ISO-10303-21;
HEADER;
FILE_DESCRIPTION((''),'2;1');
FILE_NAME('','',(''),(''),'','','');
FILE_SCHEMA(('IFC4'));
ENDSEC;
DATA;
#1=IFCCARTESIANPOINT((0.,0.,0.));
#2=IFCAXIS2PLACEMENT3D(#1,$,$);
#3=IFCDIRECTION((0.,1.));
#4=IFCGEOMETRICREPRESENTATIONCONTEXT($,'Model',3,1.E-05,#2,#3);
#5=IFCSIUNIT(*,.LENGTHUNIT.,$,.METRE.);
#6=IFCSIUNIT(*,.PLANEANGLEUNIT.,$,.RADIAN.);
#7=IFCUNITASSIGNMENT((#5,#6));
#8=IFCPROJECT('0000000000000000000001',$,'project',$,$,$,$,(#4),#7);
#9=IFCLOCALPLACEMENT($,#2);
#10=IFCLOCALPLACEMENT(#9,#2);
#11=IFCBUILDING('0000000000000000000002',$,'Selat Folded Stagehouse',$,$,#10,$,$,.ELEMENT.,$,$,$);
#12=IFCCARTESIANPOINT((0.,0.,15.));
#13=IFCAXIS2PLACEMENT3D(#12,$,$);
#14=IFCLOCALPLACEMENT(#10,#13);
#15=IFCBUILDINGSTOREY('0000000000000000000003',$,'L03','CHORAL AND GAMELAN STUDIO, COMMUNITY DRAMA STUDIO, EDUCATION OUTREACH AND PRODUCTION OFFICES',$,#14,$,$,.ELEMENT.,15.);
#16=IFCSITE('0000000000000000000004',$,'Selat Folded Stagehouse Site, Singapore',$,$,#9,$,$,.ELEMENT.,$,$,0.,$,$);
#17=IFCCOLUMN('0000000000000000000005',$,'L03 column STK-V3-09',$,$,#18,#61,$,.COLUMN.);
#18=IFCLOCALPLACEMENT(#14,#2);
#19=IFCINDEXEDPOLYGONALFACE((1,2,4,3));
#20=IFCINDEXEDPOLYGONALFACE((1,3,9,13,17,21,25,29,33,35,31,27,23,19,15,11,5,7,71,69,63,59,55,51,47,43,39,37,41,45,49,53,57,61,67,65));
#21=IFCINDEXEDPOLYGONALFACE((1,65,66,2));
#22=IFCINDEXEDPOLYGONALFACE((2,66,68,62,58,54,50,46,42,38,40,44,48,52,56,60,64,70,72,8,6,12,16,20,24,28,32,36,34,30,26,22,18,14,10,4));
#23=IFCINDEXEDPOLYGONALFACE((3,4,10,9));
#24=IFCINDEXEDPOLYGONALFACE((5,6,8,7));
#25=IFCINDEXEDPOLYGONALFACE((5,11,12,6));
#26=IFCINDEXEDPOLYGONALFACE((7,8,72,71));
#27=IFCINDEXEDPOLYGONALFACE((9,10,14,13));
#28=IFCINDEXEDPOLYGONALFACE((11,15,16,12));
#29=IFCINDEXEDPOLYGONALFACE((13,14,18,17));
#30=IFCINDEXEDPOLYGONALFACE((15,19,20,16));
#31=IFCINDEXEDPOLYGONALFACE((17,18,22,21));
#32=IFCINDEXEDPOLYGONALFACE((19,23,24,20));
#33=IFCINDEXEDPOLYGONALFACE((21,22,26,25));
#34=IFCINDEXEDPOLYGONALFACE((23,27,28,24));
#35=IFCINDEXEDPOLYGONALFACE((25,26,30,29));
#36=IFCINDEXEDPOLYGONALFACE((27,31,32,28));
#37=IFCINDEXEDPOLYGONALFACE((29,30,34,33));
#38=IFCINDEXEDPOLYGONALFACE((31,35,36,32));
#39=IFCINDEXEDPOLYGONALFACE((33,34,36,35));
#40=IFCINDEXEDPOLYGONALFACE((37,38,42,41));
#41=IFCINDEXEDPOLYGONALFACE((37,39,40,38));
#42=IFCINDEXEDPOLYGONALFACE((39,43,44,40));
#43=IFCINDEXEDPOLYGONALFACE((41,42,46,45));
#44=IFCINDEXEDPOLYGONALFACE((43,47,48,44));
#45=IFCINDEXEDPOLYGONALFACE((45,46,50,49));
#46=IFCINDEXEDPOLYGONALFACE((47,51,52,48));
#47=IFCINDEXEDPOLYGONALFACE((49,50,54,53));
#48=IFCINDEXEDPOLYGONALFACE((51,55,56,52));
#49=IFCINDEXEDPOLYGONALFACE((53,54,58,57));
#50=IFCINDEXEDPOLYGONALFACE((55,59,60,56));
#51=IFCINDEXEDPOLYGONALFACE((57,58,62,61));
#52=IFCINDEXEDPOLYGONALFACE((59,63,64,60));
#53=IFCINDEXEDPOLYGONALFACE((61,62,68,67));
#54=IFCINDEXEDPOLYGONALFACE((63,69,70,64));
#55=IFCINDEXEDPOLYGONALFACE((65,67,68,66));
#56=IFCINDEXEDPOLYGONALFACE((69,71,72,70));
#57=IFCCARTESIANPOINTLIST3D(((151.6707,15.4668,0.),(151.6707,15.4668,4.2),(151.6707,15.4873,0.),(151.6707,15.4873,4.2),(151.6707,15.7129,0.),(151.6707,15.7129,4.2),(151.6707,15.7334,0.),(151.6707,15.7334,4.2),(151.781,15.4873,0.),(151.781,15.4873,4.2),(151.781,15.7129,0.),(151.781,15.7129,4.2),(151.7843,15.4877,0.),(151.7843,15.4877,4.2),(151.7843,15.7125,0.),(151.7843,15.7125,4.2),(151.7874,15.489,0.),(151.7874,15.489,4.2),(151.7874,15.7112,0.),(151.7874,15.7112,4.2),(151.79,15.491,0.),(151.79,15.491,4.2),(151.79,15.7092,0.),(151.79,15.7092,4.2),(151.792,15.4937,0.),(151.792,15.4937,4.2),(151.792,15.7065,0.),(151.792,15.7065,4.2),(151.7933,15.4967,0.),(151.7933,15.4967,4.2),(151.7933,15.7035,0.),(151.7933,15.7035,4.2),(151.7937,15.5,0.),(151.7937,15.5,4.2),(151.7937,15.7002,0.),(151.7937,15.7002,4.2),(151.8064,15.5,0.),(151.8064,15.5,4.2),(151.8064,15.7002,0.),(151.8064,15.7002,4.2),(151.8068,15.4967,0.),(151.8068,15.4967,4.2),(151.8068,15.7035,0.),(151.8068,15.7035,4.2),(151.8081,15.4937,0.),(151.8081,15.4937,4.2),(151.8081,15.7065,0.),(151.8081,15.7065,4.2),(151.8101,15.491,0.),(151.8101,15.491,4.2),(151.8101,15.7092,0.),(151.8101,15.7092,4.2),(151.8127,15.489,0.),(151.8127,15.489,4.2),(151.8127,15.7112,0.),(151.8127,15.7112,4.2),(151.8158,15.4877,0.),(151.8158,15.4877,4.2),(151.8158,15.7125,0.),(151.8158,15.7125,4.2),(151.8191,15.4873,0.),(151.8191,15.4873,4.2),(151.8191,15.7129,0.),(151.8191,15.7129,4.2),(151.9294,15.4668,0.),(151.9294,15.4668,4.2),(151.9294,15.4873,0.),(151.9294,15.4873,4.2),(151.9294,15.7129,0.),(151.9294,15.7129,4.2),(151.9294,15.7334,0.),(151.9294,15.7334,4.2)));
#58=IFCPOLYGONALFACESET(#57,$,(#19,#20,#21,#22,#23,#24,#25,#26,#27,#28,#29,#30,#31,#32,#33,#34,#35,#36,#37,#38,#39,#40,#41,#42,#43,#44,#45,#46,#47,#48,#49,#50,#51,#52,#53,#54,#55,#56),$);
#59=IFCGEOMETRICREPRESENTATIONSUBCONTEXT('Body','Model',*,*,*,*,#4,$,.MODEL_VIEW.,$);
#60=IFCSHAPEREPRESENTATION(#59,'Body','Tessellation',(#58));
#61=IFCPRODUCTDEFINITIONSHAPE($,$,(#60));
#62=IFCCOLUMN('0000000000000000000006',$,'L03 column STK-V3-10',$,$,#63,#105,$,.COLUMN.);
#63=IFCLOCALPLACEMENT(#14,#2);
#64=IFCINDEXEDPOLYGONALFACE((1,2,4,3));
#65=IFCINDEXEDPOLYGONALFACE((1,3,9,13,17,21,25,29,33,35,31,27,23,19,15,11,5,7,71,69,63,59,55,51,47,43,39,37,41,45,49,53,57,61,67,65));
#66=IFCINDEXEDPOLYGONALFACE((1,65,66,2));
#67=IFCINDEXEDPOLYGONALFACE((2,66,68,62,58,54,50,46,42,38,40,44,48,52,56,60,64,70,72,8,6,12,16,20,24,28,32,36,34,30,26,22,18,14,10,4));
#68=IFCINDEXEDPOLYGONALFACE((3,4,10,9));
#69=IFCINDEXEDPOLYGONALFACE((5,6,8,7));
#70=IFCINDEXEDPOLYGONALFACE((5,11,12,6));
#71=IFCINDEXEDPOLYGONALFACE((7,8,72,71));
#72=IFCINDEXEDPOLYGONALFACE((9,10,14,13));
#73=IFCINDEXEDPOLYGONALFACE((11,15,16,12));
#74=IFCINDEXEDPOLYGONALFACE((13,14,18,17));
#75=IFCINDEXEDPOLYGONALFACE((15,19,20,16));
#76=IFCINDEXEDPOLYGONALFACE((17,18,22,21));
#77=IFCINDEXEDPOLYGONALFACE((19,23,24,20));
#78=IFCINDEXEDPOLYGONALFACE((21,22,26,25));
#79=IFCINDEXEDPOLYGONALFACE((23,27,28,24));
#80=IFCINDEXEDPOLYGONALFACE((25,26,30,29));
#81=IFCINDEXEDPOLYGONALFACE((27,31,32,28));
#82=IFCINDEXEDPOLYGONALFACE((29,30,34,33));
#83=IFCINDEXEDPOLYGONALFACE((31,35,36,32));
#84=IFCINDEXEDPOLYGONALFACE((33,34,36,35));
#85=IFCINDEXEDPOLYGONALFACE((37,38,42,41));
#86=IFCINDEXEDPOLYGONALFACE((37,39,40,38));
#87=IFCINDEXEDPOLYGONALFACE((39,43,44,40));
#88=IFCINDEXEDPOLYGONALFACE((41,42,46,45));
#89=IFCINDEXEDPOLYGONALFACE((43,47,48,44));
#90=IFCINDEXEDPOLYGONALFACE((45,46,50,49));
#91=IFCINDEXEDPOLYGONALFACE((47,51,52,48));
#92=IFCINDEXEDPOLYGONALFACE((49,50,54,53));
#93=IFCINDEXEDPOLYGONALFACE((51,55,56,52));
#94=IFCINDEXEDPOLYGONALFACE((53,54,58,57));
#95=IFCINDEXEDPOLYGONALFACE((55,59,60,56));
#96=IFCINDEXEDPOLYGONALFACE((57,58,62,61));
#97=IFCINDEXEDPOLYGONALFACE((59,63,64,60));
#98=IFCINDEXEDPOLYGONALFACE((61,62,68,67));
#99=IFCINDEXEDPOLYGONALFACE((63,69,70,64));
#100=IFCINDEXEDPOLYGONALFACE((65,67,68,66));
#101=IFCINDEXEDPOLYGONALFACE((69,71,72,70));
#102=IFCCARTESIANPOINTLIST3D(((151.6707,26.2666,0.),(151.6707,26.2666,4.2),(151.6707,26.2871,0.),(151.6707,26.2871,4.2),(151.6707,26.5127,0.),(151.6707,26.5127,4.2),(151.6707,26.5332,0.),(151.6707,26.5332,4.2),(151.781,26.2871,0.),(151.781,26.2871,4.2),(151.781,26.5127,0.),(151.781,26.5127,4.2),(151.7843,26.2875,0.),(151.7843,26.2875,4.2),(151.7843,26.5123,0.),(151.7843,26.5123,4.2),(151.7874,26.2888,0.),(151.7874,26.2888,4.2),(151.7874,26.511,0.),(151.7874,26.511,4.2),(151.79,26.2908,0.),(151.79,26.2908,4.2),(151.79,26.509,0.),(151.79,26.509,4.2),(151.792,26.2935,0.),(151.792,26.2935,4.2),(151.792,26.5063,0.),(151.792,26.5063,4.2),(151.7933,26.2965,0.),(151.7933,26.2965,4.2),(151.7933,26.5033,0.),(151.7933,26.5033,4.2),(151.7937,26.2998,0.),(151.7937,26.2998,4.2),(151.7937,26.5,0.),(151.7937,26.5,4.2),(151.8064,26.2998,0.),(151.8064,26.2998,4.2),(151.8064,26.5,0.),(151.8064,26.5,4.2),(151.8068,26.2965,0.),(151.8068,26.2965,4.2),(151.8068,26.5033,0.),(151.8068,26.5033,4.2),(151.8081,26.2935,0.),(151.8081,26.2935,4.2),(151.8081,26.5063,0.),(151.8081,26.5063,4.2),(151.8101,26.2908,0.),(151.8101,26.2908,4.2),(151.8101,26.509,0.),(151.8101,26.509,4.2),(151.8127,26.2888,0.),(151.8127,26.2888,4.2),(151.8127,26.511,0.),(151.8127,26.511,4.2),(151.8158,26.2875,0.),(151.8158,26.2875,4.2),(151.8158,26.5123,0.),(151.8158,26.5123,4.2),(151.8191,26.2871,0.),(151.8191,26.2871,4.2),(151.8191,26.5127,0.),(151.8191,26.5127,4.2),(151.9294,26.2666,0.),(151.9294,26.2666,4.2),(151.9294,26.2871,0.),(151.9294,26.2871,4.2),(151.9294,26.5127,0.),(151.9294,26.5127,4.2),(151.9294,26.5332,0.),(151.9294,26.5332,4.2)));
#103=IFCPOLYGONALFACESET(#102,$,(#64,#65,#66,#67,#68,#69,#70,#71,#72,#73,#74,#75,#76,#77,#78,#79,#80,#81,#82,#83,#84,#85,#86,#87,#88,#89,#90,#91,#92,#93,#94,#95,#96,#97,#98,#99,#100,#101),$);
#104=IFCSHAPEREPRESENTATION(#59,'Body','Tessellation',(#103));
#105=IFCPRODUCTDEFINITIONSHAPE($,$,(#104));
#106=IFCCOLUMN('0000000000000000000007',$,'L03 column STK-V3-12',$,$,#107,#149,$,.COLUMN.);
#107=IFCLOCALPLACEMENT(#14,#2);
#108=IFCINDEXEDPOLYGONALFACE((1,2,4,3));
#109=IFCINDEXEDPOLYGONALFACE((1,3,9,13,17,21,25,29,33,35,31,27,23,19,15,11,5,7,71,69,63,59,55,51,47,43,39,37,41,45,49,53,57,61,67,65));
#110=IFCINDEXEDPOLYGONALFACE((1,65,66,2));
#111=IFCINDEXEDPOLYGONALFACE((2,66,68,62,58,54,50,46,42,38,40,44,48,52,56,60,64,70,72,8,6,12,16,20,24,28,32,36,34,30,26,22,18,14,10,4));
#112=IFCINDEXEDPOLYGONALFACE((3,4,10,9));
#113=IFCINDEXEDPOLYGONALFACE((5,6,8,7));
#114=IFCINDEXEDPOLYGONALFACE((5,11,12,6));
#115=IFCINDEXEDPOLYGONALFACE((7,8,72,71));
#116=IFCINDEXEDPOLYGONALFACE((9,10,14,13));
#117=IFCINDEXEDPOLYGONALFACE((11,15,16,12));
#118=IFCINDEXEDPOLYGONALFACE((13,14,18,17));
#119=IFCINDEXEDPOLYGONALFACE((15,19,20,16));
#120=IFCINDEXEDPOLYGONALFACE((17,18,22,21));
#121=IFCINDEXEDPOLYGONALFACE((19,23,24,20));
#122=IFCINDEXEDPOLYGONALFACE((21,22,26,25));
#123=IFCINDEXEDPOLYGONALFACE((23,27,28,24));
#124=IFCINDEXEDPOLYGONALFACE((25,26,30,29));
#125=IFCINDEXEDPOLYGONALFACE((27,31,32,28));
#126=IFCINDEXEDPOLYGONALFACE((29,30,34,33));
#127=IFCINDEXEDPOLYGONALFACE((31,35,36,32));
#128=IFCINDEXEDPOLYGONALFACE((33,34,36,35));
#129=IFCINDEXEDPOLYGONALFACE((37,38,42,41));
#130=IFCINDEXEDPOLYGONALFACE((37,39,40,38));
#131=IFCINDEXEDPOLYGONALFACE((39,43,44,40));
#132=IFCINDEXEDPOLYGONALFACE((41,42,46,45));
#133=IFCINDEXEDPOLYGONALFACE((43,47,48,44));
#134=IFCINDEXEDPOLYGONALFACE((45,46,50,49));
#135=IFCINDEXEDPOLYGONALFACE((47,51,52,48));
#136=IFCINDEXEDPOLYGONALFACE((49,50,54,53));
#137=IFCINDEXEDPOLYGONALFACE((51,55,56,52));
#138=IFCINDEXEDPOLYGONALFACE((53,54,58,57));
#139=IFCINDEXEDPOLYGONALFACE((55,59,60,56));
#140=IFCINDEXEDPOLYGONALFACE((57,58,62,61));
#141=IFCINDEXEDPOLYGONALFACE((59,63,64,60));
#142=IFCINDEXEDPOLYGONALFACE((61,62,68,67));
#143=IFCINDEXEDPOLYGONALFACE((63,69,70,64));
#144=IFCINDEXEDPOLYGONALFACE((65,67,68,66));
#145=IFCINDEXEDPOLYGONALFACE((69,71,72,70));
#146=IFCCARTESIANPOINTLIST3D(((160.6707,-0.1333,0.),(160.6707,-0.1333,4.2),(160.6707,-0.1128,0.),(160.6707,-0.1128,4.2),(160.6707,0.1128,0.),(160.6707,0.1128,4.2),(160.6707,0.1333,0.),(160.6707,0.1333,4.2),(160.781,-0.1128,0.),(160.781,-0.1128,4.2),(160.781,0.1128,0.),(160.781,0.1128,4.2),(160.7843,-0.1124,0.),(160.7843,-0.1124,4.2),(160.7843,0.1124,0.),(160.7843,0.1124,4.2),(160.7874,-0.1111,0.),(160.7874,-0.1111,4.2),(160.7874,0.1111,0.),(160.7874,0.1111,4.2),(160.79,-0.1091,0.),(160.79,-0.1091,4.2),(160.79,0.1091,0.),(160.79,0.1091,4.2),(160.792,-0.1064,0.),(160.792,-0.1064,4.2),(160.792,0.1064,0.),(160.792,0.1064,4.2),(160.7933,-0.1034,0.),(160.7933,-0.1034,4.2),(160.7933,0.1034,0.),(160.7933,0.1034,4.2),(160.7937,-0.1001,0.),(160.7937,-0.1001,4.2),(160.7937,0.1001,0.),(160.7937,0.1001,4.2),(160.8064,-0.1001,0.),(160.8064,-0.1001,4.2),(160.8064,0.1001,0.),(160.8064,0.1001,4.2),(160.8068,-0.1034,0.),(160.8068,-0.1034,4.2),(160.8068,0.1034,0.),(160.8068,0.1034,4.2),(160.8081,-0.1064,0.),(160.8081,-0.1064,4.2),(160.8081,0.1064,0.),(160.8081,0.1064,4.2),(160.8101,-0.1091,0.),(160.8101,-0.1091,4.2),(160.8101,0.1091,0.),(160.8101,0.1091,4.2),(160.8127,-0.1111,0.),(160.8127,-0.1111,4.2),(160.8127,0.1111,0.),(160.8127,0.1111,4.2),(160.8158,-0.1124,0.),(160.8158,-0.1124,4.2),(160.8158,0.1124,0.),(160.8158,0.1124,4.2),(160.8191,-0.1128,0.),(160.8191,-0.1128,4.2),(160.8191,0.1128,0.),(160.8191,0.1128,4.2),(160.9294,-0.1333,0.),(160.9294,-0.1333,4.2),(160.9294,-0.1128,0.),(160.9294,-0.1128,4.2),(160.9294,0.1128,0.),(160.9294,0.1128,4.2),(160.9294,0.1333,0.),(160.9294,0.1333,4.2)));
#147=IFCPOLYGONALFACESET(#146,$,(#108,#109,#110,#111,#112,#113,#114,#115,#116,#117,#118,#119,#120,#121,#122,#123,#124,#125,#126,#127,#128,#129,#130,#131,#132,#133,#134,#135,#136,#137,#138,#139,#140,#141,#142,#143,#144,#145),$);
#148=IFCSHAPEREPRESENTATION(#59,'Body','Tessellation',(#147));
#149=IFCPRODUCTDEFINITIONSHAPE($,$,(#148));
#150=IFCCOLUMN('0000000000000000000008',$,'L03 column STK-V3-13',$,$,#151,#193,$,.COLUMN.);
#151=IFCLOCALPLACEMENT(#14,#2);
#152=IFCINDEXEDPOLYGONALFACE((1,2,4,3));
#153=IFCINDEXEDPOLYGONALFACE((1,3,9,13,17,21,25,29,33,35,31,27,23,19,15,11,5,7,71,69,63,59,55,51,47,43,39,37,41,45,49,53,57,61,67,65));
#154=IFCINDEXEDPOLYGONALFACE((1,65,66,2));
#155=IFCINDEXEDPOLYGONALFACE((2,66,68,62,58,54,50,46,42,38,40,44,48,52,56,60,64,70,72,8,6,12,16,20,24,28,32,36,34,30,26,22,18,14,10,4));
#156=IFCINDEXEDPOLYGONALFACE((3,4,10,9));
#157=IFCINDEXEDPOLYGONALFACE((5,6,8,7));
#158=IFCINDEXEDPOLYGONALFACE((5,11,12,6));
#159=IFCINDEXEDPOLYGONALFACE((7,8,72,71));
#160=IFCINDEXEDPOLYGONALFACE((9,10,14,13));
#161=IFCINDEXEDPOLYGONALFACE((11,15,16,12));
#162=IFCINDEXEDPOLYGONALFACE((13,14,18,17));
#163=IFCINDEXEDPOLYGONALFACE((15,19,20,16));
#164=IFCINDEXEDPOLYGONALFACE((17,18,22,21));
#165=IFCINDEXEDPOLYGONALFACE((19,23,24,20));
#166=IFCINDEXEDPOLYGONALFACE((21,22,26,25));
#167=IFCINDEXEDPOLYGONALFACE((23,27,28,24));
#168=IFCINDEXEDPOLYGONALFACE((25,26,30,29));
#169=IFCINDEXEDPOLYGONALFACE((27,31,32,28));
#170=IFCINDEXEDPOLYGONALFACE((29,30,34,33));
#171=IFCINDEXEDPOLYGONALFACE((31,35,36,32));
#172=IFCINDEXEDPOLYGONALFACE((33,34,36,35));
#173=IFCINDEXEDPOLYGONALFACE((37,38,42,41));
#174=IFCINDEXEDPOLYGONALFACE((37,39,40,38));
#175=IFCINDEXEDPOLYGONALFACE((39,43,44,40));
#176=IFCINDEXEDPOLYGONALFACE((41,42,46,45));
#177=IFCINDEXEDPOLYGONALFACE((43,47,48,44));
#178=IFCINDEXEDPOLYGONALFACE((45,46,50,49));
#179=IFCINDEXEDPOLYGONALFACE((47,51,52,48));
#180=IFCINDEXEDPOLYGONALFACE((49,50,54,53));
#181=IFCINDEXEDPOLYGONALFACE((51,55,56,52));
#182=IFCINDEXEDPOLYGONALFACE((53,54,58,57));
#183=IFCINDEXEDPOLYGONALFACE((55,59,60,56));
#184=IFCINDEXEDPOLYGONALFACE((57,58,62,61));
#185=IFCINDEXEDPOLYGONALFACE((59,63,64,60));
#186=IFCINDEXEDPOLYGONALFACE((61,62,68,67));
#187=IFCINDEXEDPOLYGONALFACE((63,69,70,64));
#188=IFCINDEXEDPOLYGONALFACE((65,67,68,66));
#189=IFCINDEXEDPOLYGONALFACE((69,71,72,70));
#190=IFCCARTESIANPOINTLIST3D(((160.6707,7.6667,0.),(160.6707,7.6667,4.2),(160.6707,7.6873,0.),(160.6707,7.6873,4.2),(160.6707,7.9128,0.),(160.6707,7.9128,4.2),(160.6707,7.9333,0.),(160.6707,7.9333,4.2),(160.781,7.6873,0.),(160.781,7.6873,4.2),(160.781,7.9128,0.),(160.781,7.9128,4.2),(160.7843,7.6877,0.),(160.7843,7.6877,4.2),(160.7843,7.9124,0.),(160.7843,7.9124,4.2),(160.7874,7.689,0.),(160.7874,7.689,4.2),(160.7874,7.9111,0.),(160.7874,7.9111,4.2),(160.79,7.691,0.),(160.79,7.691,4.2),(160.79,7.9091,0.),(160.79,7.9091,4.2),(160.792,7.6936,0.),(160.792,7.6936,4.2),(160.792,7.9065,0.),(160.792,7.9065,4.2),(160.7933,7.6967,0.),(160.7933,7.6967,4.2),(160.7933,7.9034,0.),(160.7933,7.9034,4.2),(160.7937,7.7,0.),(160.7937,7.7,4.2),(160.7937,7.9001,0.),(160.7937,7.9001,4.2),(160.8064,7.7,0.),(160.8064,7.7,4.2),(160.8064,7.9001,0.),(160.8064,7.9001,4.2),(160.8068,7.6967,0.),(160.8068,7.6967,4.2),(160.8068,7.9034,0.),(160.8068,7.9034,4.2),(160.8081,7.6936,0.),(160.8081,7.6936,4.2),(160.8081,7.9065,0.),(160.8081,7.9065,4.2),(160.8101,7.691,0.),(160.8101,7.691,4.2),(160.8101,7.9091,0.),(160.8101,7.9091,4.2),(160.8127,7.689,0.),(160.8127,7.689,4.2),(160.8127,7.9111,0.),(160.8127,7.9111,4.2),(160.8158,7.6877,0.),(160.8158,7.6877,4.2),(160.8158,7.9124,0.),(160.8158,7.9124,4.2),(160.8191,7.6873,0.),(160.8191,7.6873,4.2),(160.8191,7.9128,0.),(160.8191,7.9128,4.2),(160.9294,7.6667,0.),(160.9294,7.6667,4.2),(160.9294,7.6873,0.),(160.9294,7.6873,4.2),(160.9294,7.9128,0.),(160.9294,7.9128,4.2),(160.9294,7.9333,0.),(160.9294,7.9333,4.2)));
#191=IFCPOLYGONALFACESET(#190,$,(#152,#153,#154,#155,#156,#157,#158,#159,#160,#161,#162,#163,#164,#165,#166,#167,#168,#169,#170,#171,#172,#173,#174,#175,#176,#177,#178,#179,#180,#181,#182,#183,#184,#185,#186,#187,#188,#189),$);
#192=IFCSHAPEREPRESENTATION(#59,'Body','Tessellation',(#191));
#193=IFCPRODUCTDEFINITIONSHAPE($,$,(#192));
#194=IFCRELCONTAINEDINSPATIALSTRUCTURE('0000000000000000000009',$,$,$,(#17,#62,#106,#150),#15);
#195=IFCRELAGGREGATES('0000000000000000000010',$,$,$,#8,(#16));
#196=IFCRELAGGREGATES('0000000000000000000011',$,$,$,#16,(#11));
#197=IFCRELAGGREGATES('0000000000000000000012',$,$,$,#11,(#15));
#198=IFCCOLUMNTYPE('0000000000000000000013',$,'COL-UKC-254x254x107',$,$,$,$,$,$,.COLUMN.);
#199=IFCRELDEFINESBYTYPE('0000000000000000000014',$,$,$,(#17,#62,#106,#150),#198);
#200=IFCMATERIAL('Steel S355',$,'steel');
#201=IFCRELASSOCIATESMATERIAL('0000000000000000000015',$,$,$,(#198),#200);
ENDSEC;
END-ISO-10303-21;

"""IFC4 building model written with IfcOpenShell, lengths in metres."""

from ifc_helpers import new_model, si_unit, direction, frame, origin, origin_2d, place, context, subcontext, project, spatial, i_section, extrude, material, material_profile, profile_set, type_object, element, save


model = new_model("IFC4")

# Units and contexts
model_context = context("Model", 3, precision=1e-05, world=origin(), true_north=direction((0.0, 1.0)))
body_context = subcontext(model_context, "Body", "Model", "MODEL_VIEW")
ifc_project = project(units=[si_unit("LENGTHUNIT", "METRE"), si_unit("PLANEANGLEUNIT", "RADIAN")], contexts=[model_context])

# Site, building, storey
site_placement = place(None, origin())
site = spatial("IfcSite", under=ifc_project, at=site_placement, Name="Selat Folded Stagehouse Site, Singapore", CompositionType="ELEMENT", RefElevation=0.0)
building_placement = place(site_placement, origin())
building = spatial("IfcBuilding", under=site, at=building_placement, Name="Selat Folded Stagehouse", CompositionType="ELEMENT")
storey_placement = place(building_placement, frame((0.0, 0.0, 15.0)))
storey = spatial("IfcBuildingStorey", under=building, at=storey_placement, Name="L03", Description="CHORAL AND GAMELAN STUDIO, COMMUNITY DRAMA STUDIO, EDUCATION OUTREACH AND PRODUCTION OFFICES", CompositionType="ELEMENT", Elevation=15.0)

# Columns
ifc_material_1 = material(Name="Steel S355", Category="steel")
ifc_material_profile = material_profile(ifc_material_1, i_section(OverallWidth=0.2588, OverallDepth=0.2666, WebThickness=0.0127, FlangeThickness=0.0205, FilletRadius=0.0127, at=origin_2d()), Name="UKC 254x254x107")
ifc_profile_set = profile_set([ifc_material_profile], Name="Steel S355")
column_type = type_object("IfcColumnType", Name="COL-UKC-254x254x107", PredefinedType="COLUMN", material=ifc_profile_set)
for number, where, z_axis, x_axis, name in (
    (1, (151.8, 15.6001, 0.0), (0.0, 0.0, 1.0), (1.0, 0.0, 0.0), "L03 column STK-V3-09"),
    (2, (151.8, 26.3999, 0.0), (0.0, 0.0, 1.0), (1.0, 0.0, 0.0), "L03 column STK-V3-10"),
    (3, (160.8, 0.0, 0.0), (0.0, 0.0, 1.0), (1.0, 0.0, 0.0), "L03 column STK-V3-12"),
    (4, (160.8, 7.8, 0.0), (0.0, 0.0, 1.0), (1.0, 0.0, 0.0), "L03 column STK-V3-13"),
):
    element("IfcColumn", number, at=place(storey_placement, frame(where, z_axis=z_axis, x_axis=x_axis)), inside=storey, type_object=column_type, Name=name, PredefinedType="COLUMN", context=body_context, shape_type="SweptSolid", body=[
        extrude(i_section(OverallWidth=0.2588, OverallDepth=0.2666, WebThickness=0.0127, FlangeThickness=0.0205, FilletRadius=0.0127, at=origin_2d()), origin(), (0.0, 0.0, 1.0), 4.2),
    ])

save(model, "model.ifc")
